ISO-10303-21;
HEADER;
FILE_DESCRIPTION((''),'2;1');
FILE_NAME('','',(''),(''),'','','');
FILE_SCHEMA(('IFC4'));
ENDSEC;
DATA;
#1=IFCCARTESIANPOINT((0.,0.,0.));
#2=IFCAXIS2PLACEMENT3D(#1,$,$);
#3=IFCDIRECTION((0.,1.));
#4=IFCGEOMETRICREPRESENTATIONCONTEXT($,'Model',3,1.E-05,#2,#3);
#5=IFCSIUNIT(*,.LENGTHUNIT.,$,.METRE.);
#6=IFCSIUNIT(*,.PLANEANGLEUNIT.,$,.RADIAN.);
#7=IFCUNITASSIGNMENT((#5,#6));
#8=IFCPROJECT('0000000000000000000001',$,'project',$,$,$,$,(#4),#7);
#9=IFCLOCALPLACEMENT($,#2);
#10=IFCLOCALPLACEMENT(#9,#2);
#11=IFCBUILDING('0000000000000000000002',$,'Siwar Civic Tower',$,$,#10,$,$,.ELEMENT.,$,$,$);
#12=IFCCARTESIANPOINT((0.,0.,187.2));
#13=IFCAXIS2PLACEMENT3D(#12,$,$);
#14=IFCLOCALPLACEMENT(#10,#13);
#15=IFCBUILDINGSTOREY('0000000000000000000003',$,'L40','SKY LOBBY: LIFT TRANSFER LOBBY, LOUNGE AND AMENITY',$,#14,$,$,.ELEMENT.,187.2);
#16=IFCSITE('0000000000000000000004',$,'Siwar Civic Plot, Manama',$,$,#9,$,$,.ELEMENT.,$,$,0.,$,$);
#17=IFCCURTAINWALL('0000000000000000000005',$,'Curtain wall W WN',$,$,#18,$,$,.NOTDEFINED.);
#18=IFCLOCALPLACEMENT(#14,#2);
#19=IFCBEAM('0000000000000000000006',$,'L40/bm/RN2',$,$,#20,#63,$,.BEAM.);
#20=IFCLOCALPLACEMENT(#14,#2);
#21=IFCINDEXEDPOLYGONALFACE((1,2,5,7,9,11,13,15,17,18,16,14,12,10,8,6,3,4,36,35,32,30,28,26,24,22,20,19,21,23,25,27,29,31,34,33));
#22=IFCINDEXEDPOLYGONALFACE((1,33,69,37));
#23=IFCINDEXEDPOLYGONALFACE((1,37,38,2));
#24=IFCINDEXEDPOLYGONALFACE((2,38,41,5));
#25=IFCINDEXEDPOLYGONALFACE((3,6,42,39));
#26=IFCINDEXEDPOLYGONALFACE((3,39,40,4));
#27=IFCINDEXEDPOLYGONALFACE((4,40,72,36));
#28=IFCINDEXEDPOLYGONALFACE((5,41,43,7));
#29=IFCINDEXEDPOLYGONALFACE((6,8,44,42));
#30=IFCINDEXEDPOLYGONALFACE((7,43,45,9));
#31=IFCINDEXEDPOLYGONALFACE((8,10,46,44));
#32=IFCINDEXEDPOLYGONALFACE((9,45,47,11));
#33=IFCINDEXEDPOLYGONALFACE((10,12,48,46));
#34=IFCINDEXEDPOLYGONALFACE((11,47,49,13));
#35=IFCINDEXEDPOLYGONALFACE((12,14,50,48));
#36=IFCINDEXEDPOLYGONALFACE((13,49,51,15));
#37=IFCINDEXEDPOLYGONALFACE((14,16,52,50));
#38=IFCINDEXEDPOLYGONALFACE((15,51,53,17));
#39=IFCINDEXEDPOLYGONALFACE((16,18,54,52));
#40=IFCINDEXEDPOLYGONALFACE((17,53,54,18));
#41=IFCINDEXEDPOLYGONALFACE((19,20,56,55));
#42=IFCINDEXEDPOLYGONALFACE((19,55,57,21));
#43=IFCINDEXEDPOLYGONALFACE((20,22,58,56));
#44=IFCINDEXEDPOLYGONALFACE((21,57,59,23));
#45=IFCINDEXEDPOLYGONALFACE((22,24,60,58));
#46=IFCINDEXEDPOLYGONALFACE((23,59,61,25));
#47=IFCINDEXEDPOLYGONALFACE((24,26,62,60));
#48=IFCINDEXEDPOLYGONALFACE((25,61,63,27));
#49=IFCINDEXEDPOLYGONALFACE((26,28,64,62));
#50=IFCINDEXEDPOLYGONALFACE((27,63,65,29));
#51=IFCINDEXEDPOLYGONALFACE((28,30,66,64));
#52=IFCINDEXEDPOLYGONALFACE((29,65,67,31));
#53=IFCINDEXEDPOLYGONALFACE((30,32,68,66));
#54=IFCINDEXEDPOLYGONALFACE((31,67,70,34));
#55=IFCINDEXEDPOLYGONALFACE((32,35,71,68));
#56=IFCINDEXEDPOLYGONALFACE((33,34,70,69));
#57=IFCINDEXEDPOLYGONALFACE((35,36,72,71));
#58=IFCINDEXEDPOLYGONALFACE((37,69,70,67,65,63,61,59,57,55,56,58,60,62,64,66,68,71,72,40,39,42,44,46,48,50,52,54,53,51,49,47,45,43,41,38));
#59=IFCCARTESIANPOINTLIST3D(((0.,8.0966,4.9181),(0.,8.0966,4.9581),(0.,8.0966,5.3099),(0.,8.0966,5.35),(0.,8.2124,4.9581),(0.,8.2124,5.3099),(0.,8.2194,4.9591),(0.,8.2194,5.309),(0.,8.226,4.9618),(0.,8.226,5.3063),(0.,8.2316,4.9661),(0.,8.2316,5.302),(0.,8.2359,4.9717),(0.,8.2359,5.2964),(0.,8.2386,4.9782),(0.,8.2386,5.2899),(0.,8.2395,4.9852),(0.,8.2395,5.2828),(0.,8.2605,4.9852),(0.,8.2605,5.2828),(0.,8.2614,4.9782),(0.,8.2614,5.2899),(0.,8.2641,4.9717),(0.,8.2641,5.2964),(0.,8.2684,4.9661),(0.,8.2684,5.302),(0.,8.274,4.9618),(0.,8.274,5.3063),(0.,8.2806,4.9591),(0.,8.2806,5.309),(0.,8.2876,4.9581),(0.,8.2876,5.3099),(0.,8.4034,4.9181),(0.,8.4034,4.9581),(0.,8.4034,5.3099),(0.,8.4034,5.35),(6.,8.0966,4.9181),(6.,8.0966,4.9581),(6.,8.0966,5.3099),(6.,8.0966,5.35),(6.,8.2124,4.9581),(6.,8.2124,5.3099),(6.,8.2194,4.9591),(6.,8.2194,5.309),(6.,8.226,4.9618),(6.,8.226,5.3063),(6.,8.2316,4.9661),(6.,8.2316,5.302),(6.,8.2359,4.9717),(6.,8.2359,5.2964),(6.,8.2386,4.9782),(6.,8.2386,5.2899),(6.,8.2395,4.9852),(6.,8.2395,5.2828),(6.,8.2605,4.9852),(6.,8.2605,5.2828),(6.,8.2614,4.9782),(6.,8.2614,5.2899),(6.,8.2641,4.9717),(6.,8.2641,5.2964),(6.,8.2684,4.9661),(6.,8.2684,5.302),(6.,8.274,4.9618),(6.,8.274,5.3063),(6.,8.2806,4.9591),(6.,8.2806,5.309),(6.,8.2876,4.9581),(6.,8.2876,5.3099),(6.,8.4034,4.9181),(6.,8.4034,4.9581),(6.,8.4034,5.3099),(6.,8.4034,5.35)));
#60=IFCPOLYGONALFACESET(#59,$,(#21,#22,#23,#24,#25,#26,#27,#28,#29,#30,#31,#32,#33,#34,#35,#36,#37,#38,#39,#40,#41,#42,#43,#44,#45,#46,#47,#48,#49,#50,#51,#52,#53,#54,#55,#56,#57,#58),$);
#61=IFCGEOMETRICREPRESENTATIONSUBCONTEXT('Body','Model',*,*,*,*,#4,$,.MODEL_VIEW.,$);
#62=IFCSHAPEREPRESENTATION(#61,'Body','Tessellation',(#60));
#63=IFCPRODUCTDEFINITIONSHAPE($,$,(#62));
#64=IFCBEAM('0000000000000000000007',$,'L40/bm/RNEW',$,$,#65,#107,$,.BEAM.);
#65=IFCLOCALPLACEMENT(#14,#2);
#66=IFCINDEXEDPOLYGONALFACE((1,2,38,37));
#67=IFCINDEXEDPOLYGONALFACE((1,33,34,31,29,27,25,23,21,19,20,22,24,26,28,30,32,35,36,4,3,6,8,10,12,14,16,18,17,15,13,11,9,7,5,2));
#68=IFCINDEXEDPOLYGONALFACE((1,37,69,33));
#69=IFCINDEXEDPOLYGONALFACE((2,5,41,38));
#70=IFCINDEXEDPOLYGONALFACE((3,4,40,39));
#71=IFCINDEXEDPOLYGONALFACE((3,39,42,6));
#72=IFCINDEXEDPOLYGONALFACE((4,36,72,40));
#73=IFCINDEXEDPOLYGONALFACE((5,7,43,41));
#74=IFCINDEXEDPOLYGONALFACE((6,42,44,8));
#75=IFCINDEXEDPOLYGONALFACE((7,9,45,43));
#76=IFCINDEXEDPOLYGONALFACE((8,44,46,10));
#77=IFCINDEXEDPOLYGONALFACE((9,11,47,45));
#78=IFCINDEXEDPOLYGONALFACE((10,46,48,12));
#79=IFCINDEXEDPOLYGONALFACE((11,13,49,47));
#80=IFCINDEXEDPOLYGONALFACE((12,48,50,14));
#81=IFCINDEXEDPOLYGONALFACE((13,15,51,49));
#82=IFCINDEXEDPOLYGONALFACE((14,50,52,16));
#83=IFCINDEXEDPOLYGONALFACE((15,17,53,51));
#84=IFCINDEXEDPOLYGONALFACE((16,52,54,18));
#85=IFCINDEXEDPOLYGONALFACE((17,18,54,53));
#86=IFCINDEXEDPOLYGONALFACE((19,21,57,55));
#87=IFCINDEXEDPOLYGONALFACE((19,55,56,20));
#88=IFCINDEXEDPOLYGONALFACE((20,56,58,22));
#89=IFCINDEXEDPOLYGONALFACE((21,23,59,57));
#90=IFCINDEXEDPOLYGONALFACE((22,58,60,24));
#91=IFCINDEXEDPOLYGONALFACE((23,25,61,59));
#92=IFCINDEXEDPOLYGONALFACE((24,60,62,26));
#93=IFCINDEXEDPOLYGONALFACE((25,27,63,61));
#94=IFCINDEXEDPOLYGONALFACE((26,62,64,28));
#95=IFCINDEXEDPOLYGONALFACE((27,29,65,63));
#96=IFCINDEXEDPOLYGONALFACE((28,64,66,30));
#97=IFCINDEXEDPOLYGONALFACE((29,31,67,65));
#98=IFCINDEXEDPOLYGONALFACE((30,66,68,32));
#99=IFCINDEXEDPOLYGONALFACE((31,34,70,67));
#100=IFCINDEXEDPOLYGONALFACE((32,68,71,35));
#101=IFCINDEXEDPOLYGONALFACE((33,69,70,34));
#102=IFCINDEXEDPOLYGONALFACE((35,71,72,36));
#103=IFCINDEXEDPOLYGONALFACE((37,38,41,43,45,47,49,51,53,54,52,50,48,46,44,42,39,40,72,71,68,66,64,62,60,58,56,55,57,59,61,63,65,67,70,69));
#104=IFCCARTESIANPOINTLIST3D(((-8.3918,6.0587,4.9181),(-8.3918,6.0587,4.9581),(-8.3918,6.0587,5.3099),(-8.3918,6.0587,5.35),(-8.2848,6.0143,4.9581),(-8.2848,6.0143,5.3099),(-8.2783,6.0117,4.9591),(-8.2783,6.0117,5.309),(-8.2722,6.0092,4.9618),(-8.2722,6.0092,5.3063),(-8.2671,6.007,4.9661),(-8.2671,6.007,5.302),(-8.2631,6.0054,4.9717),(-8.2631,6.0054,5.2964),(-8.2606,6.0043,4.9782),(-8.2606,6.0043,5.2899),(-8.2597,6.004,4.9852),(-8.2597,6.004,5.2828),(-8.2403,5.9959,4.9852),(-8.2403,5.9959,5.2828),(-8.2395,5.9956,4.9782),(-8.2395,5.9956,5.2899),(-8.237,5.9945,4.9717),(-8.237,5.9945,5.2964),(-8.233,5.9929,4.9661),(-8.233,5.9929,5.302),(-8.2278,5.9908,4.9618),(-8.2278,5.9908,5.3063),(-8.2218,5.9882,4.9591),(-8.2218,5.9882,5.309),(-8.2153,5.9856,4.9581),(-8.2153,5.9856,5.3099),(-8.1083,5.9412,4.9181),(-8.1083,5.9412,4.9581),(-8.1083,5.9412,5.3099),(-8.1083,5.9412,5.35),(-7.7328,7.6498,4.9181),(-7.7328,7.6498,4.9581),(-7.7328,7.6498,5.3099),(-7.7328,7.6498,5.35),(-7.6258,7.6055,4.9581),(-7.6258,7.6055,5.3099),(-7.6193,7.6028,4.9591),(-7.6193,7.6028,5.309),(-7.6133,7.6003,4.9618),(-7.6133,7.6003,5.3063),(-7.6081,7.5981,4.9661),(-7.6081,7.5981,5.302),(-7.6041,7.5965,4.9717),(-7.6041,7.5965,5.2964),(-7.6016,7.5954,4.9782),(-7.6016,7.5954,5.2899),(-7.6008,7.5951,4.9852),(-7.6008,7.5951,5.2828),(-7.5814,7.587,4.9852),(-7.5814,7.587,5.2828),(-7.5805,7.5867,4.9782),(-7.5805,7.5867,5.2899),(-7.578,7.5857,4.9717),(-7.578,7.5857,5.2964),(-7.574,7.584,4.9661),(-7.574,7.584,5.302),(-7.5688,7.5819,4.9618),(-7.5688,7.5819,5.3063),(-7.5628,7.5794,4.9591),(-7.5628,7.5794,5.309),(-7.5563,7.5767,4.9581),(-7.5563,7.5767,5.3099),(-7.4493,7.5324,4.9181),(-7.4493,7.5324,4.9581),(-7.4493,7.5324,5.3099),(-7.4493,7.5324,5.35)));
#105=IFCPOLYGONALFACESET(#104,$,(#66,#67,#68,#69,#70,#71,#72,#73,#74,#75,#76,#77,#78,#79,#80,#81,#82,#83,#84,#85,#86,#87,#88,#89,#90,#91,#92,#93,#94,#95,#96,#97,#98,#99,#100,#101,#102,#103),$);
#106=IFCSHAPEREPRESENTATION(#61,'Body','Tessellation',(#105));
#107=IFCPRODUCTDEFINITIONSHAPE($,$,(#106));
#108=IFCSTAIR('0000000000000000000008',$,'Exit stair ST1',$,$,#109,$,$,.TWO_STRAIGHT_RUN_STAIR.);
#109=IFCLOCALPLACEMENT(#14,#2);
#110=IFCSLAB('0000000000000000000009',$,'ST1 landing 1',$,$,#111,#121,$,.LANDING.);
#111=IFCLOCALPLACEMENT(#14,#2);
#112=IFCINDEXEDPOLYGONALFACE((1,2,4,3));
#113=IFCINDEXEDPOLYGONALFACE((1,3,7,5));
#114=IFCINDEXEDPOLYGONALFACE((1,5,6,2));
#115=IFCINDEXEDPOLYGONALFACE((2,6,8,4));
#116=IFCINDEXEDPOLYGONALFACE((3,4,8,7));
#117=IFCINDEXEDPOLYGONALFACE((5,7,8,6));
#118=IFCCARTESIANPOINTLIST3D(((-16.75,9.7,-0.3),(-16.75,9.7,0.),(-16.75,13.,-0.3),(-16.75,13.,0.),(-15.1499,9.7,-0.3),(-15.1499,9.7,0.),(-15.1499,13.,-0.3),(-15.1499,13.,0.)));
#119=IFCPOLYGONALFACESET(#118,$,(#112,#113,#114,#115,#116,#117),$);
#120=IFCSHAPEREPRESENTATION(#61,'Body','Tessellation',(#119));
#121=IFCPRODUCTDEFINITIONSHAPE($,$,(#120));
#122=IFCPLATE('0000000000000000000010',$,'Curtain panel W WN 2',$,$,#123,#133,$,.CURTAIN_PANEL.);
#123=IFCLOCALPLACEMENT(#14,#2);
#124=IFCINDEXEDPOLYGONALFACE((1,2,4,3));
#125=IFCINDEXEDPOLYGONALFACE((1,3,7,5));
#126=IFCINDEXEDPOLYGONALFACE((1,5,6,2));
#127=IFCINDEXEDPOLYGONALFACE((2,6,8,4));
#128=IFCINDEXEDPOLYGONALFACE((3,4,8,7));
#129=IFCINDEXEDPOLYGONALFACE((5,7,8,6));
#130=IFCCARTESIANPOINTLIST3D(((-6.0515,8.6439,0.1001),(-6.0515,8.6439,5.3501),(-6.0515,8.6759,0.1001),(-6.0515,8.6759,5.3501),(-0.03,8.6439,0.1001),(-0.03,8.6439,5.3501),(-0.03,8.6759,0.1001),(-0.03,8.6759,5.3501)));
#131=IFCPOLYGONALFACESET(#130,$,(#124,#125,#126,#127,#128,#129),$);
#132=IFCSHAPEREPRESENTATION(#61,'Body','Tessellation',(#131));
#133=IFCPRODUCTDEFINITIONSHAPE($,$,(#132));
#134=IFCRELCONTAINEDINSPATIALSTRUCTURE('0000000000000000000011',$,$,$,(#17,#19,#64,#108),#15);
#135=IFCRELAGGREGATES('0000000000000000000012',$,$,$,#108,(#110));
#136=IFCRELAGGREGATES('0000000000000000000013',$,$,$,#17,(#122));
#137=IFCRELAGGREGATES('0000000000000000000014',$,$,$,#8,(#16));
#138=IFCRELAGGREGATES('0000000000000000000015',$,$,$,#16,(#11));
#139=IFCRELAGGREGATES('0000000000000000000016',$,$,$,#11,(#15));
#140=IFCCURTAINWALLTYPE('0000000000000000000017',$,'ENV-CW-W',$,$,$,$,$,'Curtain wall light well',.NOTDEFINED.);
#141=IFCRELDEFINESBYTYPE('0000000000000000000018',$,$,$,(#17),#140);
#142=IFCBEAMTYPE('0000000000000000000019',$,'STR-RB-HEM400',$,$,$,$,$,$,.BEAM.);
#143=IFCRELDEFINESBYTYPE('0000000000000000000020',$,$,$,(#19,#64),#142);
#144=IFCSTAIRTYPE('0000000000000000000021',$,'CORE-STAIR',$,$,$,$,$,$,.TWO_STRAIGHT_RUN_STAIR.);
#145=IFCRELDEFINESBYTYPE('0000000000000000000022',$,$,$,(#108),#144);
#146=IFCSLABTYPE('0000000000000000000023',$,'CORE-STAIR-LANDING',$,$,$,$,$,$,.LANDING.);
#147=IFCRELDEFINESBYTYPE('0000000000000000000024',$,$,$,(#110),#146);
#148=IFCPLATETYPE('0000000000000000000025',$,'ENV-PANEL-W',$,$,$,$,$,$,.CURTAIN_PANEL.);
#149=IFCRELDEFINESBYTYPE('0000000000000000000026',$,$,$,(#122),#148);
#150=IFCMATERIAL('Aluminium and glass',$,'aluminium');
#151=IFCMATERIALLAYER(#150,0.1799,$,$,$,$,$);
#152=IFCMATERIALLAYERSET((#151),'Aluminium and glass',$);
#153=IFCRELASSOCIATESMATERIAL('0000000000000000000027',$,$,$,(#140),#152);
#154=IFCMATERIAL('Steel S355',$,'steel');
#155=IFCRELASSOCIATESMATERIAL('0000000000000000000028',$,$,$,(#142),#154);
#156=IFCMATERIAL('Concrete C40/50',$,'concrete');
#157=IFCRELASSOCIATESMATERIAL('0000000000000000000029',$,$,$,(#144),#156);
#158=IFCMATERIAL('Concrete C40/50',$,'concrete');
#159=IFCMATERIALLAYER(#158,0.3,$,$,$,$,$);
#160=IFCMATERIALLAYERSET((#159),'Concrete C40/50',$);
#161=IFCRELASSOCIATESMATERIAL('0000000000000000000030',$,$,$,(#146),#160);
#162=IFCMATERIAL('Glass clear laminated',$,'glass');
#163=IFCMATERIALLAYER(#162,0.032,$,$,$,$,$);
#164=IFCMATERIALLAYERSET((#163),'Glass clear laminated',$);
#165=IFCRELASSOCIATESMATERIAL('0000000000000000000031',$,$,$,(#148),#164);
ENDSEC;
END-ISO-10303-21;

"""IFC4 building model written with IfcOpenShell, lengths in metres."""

from ifc_helpers import new_model, si_unit, direction, frame, origin, origin_2d, place, context, subcontext, project, spatial, polyline, rectangle, i_section, outline, extrude, material, layer, layer_set, material_profile, profile_set, type_object, element, aggregate, save


model = new_model("IFC4")

# Units and contexts
model_context = context("Model", 3, precision=1e-05, world=origin(), true_north=direction((0.0, 1.0)))
body_context = subcontext(model_context, "Body", "Model", "MODEL_VIEW")
ifc_project = project(units=[si_unit("LENGTHUNIT", "METRE"), si_unit("PLANEANGLEUNIT", "RADIAN")], contexts=[model_context])

# Site, building, storey
site_placement = place(None, origin())
site = spatial("IfcSite", under=ifc_project, at=site_placement, Name="Siwar Civic Plot, Manama", CompositionType="ELEMENT", RefElevation=0.0)
building_placement = place(site_placement, origin())
building = spatial("IfcBuilding", under=site, at=building_placement, Name="Siwar Civic Tower", CompositionType="ELEMENT")
storey_placement = place(building_placement, frame((0.0, 0.0, 187.2)))
storey = spatial("IfcBuildingStorey", under=building, at=storey_placement, Name="L40", Description="SKY LOBBY: LIFT TRANSFER LOBBY, LOUNGE AND AMENITY", CompositionType="ELEMENT", Elevation=187.2)

# Curtain wall
ifc_material_1 = material(Name="Aluminium and glass", Category="aluminium")
ifc_layer_1 = layer(ifc_material_1, 0.1799)
ifc_layer_set_1 = layer_set([ifc_layer_1], Name="Aluminium and glass")
curtain_wall_type = type_object("IfcCurtainWallType", Name="ENV-CW-W", ElementType="Curtain wall light well", PredefinedType="NOTDEFINED", material=ifc_layer_set_1)
curtain_wall_placement = place(storey_placement, origin())
curtain_wall = element("IfcCurtainWall", 1, at=curtain_wall_placement, inside=storey, type_object=curtain_wall_type, Name="Curtain wall W WN", PredefinedType="NOTDEFINED")

# Beams
ifc_material_2 = material(Name="Steel S355", Category="steel")
ifc_material_profile_1 = material_profile(ifc_material_2, i_section(OverallWidth=0.3069, OverallDepth=0.4319, WebThickness=0.021, FlangeThickness=0.04, FilletRadius=0.0271, at=origin_2d()), Name="HEM400")
ifc_profile_set_1 = profile_set([ifc_material_profile_1], Name="Steel S355")
beam_type_1 = type_object("IfcBeamType", Name="STR-RB-HEM400", PredefinedType="BEAM", material=ifc_profile_set_1)
for number, where, z_axis, x_axis, name in (
    (2, (0.0, 8.25, 5.134), (1.0, 0.0, 0.0), (0.0, 1.0, 0.0), "L40/bm/RN2"),
):
    element("IfcBeam", number, at=place(storey_placement, frame(where, z_axis=z_axis, x_axis=x_axis)), inside=storey, type_object=beam_type_1, Name=name, PredefinedType="BEAM", context=body_context, shape_type="SweptSolid", body=[
        extrude(i_section(OverallWidth=0.3069, OverallDepth=0.4319, WebThickness=0.021, FlangeThickness=0.04, FilletRadius=0.0271, at=origin_2d()), origin(), (0.0, 0.0, 1.0), 6.0),
    ])
beam_1_placement = place(storey_placement, frame((-7.5911, 7.5911, 5.134), z_axis=(-0.382631, -0.923901, 0.0), x_axis=(0.923901, -0.382631, 0.0)))
element("IfcBeam", 3, at=beam_1_placement, inside=storey, type_object=beam_type_1, Name="L40/bm/RNEW", PredefinedType="BEAM", context=body_context, shape_type="SweptSolid", body=[
    extrude(i_section(OverallWidth=0.3069, OverallDepth=0.4319, WebThickness=0.021, FlangeThickness=0.04, FilletRadius=0.0271, at=origin_2d()), origin(), (0.0, 0.0, 1.0), 1.7222),
])

# Stair, slab
ifc_material_3 = material(Name="Concrete C40/50", Category="concrete")
stair_type = type_object("IfcStairType", Name="CORE-STAIR", PredefinedType="TWO_STRAIGHT_RUN_STAIR", material=ifc_material_3)
stair_placement = place(storey_placement, origin())
stair = element("IfcStair", 4, at=stair_placement, inside=storey, type_object=stair_type, Name="Exit stair ST1", PredefinedType="TWO_STRAIGHT_RUN_STAIR")
ifc_material_4 = material(Name="Concrete C40/50", Category="concrete")
ifc_layer_2 = layer(ifc_material_4, 0.3)
ifc_layer_set_2 = layer_set([ifc_layer_2], Name="Concrete C40/50")
slab_type_1 = type_object("IfcSlabType", Name="CORE-STAIR-LANDING", PredefinedType="LANDING", material=ifc_layer_set_2)
slab_1_placement = place(storey_placement, frame((0.0, 0.0, -0.3)))
slab_1 = element("IfcSlab", 5, at=slab_1_placement, type_object=slab_type_1, Name="ST1 landing 1", PredefinedType="LANDING", context=body_context, shape_type="SweptSolid", body=[
    extrude(outline(polyline([(-15.1499, 13.0), (-16.75, 13.0), (-16.75, 9.7), (-15.1499, 9.7), (-15.1499, 13.0)])), origin(), (0.0, 0.0, 1.0), 0.3),
])
aggregate(stair, [slab_1])

# Plate
ifc_material_5 = material(Name="Glass clear laminated", Category="glass")
ifc_layer_3 = layer(ifc_material_5, 0.032)
ifc_layer_set_3 = layer_set([ifc_layer_3], Name="Glass clear laminated")
plate_type = type_object("IfcPlateType", Name="ENV-PANEL-W", PredefinedType="CURTAIN_PANEL", material=ifc_layer_set_3)
plate_placement = place(storey_placement, frame((-3.0408, 8.6599, 0.1001), z_axis=(0.0, 0.0, 1.0), x_axis=(-1.0, 0.0, 0.0)))
plate = element("IfcPlate", 6, at=plate_placement, type_object=plate_type, Name="Curtain panel W WN 2", PredefinedType="CURTAIN_PANEL", context=body_context, shape_type="SweptSolid", body=[
    extrude(rectangle(XDim=6.0215, YDim=0.032, at=origin_2d()), origin(), (0.0, 0.0, 1.0), 5.25),
])
aggregate(curtain_wall, [plate])

save(model, "model.ifc")
